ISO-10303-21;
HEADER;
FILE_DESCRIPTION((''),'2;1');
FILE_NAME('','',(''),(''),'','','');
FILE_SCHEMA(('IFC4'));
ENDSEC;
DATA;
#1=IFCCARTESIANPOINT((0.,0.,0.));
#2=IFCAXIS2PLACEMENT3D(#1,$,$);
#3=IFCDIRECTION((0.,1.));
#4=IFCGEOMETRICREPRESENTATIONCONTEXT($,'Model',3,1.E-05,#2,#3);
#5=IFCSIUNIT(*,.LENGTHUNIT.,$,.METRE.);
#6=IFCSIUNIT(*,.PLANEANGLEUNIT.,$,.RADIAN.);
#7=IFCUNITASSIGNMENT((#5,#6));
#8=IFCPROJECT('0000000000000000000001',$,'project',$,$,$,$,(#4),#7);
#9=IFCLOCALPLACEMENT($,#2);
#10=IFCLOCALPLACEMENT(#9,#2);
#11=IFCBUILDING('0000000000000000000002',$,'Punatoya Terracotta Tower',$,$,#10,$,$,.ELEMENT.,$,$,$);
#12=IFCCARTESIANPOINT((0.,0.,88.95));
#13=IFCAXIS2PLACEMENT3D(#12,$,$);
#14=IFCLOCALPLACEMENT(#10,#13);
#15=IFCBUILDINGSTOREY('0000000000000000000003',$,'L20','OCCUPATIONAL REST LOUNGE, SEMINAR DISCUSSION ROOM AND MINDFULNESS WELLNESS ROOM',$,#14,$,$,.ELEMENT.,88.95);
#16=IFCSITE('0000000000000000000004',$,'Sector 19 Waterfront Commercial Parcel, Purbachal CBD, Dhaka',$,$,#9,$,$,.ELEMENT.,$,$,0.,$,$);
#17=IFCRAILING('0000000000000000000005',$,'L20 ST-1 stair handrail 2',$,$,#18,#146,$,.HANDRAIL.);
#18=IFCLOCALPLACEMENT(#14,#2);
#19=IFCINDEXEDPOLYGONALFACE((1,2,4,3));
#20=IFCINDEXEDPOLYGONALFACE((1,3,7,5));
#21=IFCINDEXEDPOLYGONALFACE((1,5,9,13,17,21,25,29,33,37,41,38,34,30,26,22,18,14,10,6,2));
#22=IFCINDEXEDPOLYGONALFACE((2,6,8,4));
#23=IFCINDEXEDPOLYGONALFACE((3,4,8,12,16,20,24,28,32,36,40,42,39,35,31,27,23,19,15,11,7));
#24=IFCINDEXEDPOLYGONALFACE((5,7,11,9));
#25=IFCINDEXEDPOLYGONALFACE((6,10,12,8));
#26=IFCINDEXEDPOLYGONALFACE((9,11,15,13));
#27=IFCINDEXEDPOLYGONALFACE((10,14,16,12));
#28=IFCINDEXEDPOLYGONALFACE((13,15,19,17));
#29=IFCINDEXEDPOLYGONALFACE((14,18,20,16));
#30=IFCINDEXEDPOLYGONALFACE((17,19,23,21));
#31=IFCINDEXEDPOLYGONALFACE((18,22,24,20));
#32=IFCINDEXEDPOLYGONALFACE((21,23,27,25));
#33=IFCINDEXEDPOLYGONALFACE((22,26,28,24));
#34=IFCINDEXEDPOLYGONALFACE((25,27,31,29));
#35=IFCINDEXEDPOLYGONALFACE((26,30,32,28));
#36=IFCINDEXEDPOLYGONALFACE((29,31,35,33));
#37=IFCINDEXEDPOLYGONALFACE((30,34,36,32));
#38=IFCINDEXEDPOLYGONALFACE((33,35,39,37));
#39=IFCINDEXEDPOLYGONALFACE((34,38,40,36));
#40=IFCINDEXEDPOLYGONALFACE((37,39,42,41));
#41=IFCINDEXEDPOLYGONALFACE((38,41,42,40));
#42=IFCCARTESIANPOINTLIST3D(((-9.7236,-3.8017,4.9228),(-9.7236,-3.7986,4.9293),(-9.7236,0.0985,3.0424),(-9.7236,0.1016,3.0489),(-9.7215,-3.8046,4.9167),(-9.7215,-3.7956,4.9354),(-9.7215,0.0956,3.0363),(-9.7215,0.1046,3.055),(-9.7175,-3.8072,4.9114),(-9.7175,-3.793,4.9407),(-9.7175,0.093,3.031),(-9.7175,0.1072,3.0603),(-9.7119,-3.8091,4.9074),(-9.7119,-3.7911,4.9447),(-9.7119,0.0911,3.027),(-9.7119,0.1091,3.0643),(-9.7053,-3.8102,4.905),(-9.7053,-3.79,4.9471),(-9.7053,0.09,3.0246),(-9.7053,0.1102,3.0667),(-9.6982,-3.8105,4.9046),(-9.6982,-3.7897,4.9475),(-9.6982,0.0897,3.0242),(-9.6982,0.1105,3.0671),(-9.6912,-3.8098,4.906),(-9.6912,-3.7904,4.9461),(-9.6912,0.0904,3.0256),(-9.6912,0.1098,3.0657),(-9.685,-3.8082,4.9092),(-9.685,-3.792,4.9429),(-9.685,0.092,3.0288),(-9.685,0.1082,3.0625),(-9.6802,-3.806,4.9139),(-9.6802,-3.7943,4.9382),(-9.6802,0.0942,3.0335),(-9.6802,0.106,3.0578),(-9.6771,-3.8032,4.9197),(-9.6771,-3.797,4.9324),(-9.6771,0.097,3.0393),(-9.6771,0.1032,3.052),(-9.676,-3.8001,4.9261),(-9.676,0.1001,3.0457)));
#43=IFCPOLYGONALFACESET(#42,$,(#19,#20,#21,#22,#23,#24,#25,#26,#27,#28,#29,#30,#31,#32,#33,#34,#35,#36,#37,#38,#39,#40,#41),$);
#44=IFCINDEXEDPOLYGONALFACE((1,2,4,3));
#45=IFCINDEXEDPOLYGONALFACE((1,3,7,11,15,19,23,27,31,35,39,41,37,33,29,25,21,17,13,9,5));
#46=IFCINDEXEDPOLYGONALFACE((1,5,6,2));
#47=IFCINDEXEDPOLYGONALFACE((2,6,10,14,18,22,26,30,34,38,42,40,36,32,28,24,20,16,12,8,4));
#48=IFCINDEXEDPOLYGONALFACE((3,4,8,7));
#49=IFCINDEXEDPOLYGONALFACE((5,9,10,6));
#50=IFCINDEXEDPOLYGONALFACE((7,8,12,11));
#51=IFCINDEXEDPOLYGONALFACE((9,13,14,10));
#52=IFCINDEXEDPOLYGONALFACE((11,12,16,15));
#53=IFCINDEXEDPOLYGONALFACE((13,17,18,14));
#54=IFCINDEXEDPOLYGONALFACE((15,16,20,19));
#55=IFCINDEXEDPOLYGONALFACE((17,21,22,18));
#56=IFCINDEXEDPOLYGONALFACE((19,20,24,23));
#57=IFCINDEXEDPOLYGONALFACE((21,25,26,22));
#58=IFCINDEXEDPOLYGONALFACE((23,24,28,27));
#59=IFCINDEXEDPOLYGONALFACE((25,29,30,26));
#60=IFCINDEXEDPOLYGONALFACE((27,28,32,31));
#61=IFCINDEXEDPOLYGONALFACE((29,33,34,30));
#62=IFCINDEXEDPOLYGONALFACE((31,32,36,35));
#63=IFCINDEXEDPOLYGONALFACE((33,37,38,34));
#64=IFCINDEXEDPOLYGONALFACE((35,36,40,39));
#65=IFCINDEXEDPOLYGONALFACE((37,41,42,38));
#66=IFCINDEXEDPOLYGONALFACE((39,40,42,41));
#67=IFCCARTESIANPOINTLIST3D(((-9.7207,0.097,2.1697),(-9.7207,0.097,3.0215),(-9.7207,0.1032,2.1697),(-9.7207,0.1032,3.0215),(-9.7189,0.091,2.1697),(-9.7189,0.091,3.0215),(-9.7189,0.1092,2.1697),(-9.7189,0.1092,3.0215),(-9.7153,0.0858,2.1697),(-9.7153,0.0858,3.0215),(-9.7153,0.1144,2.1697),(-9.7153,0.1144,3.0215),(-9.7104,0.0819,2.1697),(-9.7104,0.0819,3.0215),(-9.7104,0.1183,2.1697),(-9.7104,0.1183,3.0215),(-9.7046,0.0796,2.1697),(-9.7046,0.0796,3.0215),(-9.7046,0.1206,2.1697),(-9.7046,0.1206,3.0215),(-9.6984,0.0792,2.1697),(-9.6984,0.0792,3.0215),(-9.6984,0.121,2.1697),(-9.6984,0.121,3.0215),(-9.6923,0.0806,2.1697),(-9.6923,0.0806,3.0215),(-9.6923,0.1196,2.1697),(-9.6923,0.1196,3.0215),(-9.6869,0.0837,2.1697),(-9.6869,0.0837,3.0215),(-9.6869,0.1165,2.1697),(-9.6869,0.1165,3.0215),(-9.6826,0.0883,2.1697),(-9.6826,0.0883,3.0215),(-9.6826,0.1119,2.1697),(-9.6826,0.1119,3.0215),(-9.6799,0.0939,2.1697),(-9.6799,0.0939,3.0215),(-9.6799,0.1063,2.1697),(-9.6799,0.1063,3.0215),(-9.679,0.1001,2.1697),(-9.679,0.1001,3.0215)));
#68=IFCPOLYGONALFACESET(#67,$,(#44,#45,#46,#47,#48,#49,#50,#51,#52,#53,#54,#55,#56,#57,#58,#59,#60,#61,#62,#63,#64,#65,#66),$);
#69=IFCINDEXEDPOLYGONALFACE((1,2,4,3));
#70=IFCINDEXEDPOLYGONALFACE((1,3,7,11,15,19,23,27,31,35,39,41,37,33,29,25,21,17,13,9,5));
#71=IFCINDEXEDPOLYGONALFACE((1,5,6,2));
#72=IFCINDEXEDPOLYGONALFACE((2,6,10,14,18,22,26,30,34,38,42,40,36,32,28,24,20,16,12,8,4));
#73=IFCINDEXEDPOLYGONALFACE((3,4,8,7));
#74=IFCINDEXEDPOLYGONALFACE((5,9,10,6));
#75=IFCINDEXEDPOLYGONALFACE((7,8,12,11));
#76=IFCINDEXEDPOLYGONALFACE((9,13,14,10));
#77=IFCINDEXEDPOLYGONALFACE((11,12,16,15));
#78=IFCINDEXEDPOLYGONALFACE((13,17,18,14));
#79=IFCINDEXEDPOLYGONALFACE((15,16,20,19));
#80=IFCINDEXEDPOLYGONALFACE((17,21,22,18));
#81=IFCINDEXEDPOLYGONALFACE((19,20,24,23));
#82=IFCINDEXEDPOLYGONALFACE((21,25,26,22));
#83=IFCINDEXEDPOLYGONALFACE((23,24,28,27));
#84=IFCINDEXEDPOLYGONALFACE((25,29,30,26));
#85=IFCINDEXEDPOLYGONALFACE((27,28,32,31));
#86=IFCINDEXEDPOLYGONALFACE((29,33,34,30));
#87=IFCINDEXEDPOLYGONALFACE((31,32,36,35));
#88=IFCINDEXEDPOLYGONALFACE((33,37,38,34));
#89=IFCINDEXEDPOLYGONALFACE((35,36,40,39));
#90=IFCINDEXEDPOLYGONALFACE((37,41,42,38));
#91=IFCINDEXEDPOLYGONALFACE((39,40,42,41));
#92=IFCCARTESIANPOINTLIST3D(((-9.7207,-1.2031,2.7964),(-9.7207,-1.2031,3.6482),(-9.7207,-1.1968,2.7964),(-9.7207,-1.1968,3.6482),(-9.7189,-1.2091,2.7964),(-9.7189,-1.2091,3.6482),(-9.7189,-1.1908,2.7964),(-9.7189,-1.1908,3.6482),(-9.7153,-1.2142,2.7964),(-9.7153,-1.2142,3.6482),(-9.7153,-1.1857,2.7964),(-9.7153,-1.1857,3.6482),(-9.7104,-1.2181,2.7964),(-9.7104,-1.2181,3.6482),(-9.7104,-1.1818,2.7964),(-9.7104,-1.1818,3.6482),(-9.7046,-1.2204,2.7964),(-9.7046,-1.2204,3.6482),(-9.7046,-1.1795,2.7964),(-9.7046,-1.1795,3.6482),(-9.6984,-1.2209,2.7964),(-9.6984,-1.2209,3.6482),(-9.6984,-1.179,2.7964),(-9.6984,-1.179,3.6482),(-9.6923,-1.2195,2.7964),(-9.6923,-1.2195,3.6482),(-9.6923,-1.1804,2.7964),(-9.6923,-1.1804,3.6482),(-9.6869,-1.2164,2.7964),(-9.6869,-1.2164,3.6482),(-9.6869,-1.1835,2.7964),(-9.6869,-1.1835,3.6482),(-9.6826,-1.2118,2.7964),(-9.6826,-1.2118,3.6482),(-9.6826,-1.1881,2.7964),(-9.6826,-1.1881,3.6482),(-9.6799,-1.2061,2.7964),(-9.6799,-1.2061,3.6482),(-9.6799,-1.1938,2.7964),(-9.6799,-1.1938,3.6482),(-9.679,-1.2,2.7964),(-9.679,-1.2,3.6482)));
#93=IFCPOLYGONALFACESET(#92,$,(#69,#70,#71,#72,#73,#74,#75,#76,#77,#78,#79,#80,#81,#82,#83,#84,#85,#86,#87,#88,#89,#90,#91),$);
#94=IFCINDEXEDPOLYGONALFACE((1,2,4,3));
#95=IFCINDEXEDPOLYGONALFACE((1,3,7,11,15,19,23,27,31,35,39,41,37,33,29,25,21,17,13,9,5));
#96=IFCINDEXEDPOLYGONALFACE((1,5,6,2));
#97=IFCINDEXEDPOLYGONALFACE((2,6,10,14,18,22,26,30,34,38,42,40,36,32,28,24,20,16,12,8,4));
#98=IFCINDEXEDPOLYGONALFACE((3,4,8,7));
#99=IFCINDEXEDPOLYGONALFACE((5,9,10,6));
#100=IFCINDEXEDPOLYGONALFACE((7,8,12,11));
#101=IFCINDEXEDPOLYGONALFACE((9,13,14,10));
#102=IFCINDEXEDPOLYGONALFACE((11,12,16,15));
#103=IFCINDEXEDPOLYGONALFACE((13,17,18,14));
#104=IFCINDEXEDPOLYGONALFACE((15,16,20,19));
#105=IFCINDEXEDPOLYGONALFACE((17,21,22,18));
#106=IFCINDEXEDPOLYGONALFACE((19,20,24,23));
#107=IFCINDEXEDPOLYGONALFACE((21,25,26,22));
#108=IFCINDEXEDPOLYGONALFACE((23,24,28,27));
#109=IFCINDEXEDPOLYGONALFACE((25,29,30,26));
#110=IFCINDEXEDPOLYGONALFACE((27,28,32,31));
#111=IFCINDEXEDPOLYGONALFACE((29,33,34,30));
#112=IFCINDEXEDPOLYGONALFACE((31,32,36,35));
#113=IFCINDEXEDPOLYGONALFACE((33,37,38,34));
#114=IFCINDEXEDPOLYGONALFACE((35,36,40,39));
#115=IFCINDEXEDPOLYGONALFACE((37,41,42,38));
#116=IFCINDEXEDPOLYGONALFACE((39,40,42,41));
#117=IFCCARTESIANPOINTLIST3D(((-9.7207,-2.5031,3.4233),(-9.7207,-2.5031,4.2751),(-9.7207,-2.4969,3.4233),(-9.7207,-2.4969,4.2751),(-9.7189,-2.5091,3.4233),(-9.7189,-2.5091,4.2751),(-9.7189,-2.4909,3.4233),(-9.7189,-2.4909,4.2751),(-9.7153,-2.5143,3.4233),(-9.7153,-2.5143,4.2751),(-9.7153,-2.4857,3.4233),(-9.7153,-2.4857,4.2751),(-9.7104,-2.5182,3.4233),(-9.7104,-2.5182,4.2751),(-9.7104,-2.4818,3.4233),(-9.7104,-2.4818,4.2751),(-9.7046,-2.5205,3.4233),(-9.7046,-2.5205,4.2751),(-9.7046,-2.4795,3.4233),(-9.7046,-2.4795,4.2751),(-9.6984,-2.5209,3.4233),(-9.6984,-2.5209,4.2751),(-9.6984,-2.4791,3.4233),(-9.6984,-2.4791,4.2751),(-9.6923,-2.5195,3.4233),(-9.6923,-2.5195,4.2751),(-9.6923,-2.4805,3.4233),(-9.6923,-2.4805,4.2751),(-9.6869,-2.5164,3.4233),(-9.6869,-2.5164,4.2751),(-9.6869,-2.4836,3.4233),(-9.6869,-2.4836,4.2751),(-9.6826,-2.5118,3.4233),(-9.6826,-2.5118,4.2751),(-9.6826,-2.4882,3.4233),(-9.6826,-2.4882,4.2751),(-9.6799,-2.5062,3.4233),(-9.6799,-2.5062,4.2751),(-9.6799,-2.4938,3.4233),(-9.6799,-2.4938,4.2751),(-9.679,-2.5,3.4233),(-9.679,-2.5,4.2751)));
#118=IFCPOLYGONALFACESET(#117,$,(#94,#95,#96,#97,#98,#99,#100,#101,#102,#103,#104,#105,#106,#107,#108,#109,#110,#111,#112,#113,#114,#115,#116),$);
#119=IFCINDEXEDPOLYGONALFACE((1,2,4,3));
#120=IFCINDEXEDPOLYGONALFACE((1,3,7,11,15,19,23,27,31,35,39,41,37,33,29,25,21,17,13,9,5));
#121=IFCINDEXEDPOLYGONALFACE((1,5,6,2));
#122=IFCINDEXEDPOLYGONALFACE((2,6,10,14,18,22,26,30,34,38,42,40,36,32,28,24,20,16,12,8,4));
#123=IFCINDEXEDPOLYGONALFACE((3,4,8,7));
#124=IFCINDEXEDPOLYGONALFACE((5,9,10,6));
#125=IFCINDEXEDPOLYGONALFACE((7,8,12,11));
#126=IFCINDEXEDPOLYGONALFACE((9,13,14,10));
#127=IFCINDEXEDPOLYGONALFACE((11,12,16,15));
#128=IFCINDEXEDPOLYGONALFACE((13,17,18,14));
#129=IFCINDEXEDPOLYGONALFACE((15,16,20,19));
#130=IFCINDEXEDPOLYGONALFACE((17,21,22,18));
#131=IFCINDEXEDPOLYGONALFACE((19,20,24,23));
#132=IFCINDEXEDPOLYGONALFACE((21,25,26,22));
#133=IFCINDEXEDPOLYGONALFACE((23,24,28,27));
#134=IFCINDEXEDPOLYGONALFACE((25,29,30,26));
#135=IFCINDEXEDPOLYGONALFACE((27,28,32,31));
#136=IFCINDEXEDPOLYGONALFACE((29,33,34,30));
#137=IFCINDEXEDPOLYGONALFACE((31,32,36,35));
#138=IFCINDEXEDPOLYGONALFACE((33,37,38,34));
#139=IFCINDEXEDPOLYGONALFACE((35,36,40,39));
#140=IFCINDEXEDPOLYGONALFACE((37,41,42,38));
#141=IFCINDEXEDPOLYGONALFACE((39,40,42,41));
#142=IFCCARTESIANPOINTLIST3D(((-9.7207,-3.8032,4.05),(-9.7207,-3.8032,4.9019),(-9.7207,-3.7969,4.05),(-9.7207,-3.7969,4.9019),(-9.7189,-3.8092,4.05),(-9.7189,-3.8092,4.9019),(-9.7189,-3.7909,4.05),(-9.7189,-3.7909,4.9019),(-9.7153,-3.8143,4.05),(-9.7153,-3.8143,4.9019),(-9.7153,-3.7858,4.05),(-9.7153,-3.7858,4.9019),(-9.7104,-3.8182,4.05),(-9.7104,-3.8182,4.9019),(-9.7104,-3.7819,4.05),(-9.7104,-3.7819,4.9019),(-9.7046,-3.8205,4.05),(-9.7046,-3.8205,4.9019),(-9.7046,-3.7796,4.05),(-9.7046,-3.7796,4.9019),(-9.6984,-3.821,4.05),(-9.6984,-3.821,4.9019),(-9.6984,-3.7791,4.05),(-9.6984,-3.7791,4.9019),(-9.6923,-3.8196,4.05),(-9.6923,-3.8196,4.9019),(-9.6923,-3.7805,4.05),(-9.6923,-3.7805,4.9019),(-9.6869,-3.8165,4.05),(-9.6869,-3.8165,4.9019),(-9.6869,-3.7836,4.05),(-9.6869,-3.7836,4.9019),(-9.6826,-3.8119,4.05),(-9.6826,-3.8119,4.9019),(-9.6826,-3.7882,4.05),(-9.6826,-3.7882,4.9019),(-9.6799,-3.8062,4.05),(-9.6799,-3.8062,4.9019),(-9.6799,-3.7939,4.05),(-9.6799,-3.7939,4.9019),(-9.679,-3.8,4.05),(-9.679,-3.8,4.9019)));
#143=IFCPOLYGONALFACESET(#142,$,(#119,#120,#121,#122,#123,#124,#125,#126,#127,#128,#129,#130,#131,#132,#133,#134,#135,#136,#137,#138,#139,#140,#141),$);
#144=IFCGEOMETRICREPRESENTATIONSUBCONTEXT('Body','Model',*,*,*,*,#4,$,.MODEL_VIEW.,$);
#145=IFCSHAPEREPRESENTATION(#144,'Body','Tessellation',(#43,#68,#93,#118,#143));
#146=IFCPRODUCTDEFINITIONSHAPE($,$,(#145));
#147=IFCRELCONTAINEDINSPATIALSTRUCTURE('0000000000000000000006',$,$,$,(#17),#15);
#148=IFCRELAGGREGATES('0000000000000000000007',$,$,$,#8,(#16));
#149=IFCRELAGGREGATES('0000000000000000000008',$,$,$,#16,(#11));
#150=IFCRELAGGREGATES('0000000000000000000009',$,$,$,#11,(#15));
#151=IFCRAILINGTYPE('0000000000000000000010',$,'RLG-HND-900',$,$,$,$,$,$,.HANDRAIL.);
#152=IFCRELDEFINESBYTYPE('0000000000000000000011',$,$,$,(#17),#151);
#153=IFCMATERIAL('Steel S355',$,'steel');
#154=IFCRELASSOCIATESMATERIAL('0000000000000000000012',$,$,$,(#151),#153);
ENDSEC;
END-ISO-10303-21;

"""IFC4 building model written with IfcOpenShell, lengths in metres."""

from ifc_helpers import new_model, si_unit, direction, frame, origin, origin_2d, place, context, subcontext, project, spatial, circle, extrude, material, type_object, element, save


model = new_model("IFC4")

# Units and contexts
model_context = context("Model", 3, precision=1e-05, world=origin(), true_north=direction((0.0, 1.0)))
body_context = subcontext(model_context, "Body", "Model", "MODEL_VIEW")
ifc_project = project(units=[si_unit("LENGTHUNIT", "METRE"), si_unit("PLANEANGLEUNIT", "RADIAN")], contexts=[model_context])

# Site, building, storey
site_placement = place(None, origin())
site = spatial("IfcSite", under=ifc_project, at=site_placement, Name="Sector 19 Waterfront Commercial Parcel, Purbachal CBD, Dhaka", CompositionType="ELEMENT", RefElevation=0.0)
building_placement = place(site_placement, origin())
building = spatial("IfcBuilding", under=site, at=building_placement, Name="Punatoya Terracotta Tower", CompositionType="ELEMENT")
storey_placement = place(building_placement, frame((0.0, 0.0, 88.95)))
storey = spatial("IfcBuildingStorey", under=building, at=storey_placement, Name="L20", Description="OCCUPATIONAL REST LOUNGE, SEMINAR DISCUSSION ROOM AND MINDFULNESS WELLNESS ROOM", CompositionType="ELEMENT", Elevation=88.95)

# Railing
ifc_material_1 = material(Name="Steel S355", Category="steel")
railing_type_1 = type_object("IfcRailingType", Name="RLG-HND-900", PredefinedType="HANDRAIL", material=ifc_material_1)
railing_1_placement = place(storey_placement, frame((-9.7, 0.1001, 2.1697)))
element("IfcRailing", 1, at=railing_1_placement, inside=storey, type_object=railing_type_1, Name="L20 ST-1 stair handrail 2", PredefinedType="HANDRAIL", context=body_context, shape_type="SweptSolid", body=[
    extrude(circle(Radius=0.0239, at=origin_2d()), frame((0.0, 0.0, 0.876), z_axis=(0.0, -0.900774, 0.434289), x_axis=(1.0, 0.0, 0.0)), (0.0, 0.0, 1.0), 4.3298),
    extrude(circle(Radius=0.021, at=origin_2d()), origin(), (0.0, 0.0, 1.0), 0.8518),
    extrude(circle(Radius=0.021, at=origin_2d()), frame((0.0, -1.3, 0.6267)), (0.0, 0.0, 1.0), 0.8518),
    extrude(circle(Radius=0.021, at=origin_2d()), frame((0.0, -2.6001, 1.2537)), (0.0, 0.0, 1.0), 0.8518),
    extrude(circle(Radius=0.021, at=origin_2d()), frame((0.0, -3.9001, 1.8804)), (0.0, 0.0, 1.0), 0.8518),
])

save(model, "model.ifc")
